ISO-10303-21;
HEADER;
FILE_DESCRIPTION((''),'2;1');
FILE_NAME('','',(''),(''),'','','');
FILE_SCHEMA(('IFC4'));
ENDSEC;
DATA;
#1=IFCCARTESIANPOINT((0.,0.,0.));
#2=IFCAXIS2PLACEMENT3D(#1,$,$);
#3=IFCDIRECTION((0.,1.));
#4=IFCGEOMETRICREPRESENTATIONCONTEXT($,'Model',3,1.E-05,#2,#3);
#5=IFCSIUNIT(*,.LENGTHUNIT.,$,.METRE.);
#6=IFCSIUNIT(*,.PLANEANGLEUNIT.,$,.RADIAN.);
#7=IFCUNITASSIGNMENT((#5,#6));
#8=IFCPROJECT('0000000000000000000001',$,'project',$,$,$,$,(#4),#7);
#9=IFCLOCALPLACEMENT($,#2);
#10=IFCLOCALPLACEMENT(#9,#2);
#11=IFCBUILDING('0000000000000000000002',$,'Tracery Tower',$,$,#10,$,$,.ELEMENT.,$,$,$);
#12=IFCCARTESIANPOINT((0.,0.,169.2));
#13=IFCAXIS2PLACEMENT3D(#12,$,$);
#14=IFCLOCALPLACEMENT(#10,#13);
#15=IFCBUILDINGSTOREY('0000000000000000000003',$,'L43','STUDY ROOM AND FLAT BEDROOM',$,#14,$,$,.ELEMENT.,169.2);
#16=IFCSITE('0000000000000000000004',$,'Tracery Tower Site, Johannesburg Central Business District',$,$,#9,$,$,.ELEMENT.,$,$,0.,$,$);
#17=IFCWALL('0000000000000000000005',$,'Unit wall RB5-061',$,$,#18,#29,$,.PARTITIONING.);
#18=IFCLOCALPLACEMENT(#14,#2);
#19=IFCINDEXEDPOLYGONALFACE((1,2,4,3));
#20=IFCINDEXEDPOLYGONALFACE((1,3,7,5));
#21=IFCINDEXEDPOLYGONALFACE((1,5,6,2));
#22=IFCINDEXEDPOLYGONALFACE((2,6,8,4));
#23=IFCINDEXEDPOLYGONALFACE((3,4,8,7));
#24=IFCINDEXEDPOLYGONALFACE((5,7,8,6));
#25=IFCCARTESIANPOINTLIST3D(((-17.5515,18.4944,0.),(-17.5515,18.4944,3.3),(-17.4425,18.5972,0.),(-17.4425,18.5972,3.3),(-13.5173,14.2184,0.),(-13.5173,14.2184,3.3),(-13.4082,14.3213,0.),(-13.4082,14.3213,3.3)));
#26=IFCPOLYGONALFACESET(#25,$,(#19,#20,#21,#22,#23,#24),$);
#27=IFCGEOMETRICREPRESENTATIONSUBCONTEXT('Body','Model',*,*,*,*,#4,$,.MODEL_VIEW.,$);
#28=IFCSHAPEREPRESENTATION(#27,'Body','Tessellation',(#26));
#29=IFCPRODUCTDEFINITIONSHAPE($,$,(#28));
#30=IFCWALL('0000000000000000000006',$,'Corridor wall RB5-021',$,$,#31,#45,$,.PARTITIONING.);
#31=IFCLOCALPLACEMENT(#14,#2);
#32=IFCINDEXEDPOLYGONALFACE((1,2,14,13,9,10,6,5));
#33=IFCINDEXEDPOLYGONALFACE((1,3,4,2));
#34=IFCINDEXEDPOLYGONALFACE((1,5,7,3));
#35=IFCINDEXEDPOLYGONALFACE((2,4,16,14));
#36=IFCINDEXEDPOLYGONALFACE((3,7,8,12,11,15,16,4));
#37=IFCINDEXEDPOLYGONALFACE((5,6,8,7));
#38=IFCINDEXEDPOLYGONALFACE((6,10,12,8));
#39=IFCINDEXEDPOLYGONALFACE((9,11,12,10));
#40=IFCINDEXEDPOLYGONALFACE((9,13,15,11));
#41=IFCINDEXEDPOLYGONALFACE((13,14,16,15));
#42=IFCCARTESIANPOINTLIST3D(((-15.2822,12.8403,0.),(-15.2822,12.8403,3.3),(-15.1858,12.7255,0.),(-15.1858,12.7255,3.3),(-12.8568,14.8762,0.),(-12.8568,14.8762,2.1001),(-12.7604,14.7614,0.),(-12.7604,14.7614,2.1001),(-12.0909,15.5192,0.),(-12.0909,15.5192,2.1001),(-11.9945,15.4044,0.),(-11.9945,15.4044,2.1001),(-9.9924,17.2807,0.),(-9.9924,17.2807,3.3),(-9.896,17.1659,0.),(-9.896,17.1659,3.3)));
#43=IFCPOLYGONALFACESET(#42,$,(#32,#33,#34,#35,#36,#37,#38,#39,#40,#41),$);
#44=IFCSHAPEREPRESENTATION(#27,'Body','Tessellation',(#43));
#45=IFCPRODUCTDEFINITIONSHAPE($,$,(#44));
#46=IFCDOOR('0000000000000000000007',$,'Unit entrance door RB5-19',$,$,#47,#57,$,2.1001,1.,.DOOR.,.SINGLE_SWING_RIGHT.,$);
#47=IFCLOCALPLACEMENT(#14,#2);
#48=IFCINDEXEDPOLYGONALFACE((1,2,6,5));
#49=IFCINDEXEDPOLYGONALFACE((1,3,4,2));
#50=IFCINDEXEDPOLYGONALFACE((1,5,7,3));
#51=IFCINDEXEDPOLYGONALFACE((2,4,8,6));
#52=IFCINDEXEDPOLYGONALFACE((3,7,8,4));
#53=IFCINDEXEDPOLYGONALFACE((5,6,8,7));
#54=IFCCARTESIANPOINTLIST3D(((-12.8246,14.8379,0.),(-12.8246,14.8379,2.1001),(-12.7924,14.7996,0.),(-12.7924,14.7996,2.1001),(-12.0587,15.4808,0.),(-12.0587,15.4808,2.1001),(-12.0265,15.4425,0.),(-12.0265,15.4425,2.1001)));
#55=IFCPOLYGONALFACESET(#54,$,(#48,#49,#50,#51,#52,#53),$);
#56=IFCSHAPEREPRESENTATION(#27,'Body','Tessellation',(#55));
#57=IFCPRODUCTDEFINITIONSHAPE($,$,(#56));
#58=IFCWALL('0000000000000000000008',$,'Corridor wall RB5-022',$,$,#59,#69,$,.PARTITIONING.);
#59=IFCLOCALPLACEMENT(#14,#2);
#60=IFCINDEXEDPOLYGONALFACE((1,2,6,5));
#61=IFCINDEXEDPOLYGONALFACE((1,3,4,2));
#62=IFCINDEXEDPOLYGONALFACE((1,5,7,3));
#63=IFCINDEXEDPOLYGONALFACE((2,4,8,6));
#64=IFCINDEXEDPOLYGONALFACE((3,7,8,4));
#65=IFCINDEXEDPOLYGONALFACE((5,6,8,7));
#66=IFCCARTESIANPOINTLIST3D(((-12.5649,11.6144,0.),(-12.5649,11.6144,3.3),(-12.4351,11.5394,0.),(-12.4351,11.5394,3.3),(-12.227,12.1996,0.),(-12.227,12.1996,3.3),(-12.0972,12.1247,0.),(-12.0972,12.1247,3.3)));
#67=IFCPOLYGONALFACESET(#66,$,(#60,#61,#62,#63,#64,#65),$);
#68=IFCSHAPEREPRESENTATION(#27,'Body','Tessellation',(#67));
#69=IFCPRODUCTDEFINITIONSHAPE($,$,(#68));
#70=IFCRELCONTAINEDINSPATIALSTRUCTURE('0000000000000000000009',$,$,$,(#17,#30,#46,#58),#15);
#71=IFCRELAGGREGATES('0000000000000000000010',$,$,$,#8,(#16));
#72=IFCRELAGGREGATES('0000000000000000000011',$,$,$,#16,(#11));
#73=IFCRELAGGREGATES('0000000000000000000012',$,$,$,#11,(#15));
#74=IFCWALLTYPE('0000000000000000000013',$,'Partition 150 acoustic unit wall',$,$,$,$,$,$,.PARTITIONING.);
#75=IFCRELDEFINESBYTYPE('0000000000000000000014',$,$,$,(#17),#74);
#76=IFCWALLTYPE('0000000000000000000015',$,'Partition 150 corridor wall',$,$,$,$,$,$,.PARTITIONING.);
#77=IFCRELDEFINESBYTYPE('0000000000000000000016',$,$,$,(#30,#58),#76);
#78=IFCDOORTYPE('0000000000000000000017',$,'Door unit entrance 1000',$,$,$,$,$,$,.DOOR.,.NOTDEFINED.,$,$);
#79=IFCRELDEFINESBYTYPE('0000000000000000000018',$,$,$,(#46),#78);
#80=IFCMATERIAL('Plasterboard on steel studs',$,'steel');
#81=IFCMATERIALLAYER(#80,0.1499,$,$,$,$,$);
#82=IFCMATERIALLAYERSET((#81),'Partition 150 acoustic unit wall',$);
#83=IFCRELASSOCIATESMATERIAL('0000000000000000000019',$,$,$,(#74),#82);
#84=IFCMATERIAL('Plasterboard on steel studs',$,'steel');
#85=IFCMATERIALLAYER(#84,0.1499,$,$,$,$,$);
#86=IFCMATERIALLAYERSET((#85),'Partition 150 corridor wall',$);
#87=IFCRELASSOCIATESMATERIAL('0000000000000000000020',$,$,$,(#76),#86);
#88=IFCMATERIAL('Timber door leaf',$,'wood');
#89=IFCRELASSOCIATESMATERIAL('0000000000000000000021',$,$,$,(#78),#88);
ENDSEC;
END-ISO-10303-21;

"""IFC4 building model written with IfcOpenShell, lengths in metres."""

from ifc_helpers import new_model, si_unit, direction, frame, frame_2d, origin, place, context, subcontext, project, spatial, rectangle, extrude, material, layer, layer_set, type_object, element, fill, save


model = new_model("IFC4")

# Units and contexts
model_context = context("Model", 3, precision=1e-05, world=origin(), true_north=direction((0.0, 1.0)))
body_context = subcontext(model_context, "Body", "Model", "MODEL_VIEW")
ifc_project = project(units=[si_unit("LENGTHUNIT", "METRE"), si_unit("PLANEANGLEUNIT", "RADIAN")], contexts=[model_context])

# Site, building, storey
site_placement = place(None, origin())
site = spatial("IfcSite", under=ifc_project, at=site_placement, Name="Tracery Tower Site, Johannesburg Central Business District", CompositionType="ELEMENT", RefElevation=0.0)
building_placement = place(site_placement, origin())
building = spatial("IfcBuilding", under=site, at=building_placement, Name="Tracery Tower", CompositionType="ELEMENT")
storey_placement = place(building_placement, frame((0.0, 0.0, 169.2)))
storey = spatial("IfcBuildingStorey", under=building, at=storey_placement, Name="L43", Description="STUDY ROOM AND FLAT BEDROOM", CompositionType="ELEMENT", Elevation=169.2)

# Wall
ifc_material_1 = material(Name="Plasterboard on steel studs", Category="steel")
ifc_layer_1 = layer(ifc_material_1, 0.1499)
ifc_layer_set_1 = layer_set([ifc_layer_1], Name="Partition 150 acoustic unit wall")
wall_type_1 = type_object("IfcWallType", Name="Partition 150 acoustic unit wall", PredefinedType="PARTITIONING", material=ifc_layer_set_1)
wall_1_placement = place(storey_placement, frame((-17.4971, 18.5459, 0.0), z_axis=(0.0, 0.0, 1.0), x_axis=(0.68625, -0.727365, 0.0)))
element("IfcWall", 1, at=wall_1_placement, inside=storey, type_object=wall_type_1, Name="Unit wall RB5-061", PredefinedType="PARTITIONING", context=body_context, shape_type="SweptSolid", body=[
    extrude(rectangle(XDim=5.8787, YDim=0.1499, at=frame_2d((2.9395, 0.0))), origin(), (0.0, 0.0, 1.0), 3.3),
])

# Wall, opening, door
ifc_material_2 = material(Name="Plasterboard on steel studs", Category="steel")
ifc_layer_2 = layer(ifc_material_2, 0.1499)
ifc_layer_set_2 = layer_set([ifc_layer_2], Name="Partition 150 corridor wall")
wall_type_2 = type_object("IfcWallType", Name="Partition 150 corridor wall", PredefinedType="PARTITIONING", material=ifc_layer_set_2)
wall_2_placement = place(storey_placement, frame((-15.2339, 12.783, 0.0), z_axis=(0.0, 0.0, 1.0), x_axis=(0.765919, 0.642938, 0.0)))
wall_2 = element("IfcWall", 2, at=wall_2_placement, inside=storey, type_object=wall_type_2, Name="Corridor wall RB5-021", PredefinedType="PARTITIONING", context=body_context, shape_type="SweptSolid", body=[
    extrude(rectangle(XDim=6.9065, YDim=0.1499, at=frame_2d((3.4531, 0.0))), origin(), (0.0, 0.0, 1.0), 3.3),
])
opening_1_placement = place(wall_2_placement, frame((3.1665, 0.0, 0.0)))
opening_1 = element("IfcOpeningElement", 3, at=opening_1_placement, cuts=wall_2, PredefinedType="OPENING", context=body_context, shape_type="SweptSolid", body=[
    extrude(rectangle(XDim=1.0, YDim=2.1001, at=frame_2d((0.5, 1.05))), frame((0.0, 0.075, 0.0), z_axis=(0.0, -1.0, 0.0), x_axis=(1.0, 0.0, 0.0)), (0.0, 0.0, 1.0), 0.1499),
])
ifc_material_3 = material(Name="Timber door leaf", Category="wood")
door_type_1 = type_object("IfcDoorType", Name="Door unit entrance 1000", OperationType="NOTDEFINED", PredefinedType="DOOR", material=ifc_material_3)
door_1_placement = place(opening_1_placement, origin())
door_1 = element("IfcDoor", 4, at=door_1_placement, inside=storey, type_object=door_type_1, Name="Unit entrance door RB5-19", OperationType="SINGLE_SWING_RIGHT", OverallHeight=2.1001, OverallWidth=1.0, PredefinedType="DOOR", context=body_context, shape_type="SweptSolid", body=[
    extrude(rectangle(XDim=1.0, YDim=2.1001, at=frame_2d((0.5, 1.05))), frame((0.0, 0.0249, 0.0), z_axis=(0.0, -1.0, 0.0), x_axis=(1.0, 0.0, 0.0)), (0.0, 0.0, 1.0), 0.05),
])
fill(opening_1, door_1)

# Wall
wall_3_placement = place(storey_placement, frame((-12.5, 11.5769, 0.0), z_axis=(0.0, 0.0, 1.0), x_axis=(0.500025, 0.866011, 0.0)))
element("IfcWall", 5, at=wall_3_placement, inside=storey, type_object=wall_type_2, Name="Corridor wall RB5-022", PredefinedType="PARTITIONING", context=body_context, shape_type="SweptSolid", body=[
    extrude(rectangle(XDim=0.6758, YDim=0.1499, at=frame_2d((0.3379, 0.0))), origin(), (0.0, 0.0, 1.0), 3.3),
])

save(model, "model.ifc")
